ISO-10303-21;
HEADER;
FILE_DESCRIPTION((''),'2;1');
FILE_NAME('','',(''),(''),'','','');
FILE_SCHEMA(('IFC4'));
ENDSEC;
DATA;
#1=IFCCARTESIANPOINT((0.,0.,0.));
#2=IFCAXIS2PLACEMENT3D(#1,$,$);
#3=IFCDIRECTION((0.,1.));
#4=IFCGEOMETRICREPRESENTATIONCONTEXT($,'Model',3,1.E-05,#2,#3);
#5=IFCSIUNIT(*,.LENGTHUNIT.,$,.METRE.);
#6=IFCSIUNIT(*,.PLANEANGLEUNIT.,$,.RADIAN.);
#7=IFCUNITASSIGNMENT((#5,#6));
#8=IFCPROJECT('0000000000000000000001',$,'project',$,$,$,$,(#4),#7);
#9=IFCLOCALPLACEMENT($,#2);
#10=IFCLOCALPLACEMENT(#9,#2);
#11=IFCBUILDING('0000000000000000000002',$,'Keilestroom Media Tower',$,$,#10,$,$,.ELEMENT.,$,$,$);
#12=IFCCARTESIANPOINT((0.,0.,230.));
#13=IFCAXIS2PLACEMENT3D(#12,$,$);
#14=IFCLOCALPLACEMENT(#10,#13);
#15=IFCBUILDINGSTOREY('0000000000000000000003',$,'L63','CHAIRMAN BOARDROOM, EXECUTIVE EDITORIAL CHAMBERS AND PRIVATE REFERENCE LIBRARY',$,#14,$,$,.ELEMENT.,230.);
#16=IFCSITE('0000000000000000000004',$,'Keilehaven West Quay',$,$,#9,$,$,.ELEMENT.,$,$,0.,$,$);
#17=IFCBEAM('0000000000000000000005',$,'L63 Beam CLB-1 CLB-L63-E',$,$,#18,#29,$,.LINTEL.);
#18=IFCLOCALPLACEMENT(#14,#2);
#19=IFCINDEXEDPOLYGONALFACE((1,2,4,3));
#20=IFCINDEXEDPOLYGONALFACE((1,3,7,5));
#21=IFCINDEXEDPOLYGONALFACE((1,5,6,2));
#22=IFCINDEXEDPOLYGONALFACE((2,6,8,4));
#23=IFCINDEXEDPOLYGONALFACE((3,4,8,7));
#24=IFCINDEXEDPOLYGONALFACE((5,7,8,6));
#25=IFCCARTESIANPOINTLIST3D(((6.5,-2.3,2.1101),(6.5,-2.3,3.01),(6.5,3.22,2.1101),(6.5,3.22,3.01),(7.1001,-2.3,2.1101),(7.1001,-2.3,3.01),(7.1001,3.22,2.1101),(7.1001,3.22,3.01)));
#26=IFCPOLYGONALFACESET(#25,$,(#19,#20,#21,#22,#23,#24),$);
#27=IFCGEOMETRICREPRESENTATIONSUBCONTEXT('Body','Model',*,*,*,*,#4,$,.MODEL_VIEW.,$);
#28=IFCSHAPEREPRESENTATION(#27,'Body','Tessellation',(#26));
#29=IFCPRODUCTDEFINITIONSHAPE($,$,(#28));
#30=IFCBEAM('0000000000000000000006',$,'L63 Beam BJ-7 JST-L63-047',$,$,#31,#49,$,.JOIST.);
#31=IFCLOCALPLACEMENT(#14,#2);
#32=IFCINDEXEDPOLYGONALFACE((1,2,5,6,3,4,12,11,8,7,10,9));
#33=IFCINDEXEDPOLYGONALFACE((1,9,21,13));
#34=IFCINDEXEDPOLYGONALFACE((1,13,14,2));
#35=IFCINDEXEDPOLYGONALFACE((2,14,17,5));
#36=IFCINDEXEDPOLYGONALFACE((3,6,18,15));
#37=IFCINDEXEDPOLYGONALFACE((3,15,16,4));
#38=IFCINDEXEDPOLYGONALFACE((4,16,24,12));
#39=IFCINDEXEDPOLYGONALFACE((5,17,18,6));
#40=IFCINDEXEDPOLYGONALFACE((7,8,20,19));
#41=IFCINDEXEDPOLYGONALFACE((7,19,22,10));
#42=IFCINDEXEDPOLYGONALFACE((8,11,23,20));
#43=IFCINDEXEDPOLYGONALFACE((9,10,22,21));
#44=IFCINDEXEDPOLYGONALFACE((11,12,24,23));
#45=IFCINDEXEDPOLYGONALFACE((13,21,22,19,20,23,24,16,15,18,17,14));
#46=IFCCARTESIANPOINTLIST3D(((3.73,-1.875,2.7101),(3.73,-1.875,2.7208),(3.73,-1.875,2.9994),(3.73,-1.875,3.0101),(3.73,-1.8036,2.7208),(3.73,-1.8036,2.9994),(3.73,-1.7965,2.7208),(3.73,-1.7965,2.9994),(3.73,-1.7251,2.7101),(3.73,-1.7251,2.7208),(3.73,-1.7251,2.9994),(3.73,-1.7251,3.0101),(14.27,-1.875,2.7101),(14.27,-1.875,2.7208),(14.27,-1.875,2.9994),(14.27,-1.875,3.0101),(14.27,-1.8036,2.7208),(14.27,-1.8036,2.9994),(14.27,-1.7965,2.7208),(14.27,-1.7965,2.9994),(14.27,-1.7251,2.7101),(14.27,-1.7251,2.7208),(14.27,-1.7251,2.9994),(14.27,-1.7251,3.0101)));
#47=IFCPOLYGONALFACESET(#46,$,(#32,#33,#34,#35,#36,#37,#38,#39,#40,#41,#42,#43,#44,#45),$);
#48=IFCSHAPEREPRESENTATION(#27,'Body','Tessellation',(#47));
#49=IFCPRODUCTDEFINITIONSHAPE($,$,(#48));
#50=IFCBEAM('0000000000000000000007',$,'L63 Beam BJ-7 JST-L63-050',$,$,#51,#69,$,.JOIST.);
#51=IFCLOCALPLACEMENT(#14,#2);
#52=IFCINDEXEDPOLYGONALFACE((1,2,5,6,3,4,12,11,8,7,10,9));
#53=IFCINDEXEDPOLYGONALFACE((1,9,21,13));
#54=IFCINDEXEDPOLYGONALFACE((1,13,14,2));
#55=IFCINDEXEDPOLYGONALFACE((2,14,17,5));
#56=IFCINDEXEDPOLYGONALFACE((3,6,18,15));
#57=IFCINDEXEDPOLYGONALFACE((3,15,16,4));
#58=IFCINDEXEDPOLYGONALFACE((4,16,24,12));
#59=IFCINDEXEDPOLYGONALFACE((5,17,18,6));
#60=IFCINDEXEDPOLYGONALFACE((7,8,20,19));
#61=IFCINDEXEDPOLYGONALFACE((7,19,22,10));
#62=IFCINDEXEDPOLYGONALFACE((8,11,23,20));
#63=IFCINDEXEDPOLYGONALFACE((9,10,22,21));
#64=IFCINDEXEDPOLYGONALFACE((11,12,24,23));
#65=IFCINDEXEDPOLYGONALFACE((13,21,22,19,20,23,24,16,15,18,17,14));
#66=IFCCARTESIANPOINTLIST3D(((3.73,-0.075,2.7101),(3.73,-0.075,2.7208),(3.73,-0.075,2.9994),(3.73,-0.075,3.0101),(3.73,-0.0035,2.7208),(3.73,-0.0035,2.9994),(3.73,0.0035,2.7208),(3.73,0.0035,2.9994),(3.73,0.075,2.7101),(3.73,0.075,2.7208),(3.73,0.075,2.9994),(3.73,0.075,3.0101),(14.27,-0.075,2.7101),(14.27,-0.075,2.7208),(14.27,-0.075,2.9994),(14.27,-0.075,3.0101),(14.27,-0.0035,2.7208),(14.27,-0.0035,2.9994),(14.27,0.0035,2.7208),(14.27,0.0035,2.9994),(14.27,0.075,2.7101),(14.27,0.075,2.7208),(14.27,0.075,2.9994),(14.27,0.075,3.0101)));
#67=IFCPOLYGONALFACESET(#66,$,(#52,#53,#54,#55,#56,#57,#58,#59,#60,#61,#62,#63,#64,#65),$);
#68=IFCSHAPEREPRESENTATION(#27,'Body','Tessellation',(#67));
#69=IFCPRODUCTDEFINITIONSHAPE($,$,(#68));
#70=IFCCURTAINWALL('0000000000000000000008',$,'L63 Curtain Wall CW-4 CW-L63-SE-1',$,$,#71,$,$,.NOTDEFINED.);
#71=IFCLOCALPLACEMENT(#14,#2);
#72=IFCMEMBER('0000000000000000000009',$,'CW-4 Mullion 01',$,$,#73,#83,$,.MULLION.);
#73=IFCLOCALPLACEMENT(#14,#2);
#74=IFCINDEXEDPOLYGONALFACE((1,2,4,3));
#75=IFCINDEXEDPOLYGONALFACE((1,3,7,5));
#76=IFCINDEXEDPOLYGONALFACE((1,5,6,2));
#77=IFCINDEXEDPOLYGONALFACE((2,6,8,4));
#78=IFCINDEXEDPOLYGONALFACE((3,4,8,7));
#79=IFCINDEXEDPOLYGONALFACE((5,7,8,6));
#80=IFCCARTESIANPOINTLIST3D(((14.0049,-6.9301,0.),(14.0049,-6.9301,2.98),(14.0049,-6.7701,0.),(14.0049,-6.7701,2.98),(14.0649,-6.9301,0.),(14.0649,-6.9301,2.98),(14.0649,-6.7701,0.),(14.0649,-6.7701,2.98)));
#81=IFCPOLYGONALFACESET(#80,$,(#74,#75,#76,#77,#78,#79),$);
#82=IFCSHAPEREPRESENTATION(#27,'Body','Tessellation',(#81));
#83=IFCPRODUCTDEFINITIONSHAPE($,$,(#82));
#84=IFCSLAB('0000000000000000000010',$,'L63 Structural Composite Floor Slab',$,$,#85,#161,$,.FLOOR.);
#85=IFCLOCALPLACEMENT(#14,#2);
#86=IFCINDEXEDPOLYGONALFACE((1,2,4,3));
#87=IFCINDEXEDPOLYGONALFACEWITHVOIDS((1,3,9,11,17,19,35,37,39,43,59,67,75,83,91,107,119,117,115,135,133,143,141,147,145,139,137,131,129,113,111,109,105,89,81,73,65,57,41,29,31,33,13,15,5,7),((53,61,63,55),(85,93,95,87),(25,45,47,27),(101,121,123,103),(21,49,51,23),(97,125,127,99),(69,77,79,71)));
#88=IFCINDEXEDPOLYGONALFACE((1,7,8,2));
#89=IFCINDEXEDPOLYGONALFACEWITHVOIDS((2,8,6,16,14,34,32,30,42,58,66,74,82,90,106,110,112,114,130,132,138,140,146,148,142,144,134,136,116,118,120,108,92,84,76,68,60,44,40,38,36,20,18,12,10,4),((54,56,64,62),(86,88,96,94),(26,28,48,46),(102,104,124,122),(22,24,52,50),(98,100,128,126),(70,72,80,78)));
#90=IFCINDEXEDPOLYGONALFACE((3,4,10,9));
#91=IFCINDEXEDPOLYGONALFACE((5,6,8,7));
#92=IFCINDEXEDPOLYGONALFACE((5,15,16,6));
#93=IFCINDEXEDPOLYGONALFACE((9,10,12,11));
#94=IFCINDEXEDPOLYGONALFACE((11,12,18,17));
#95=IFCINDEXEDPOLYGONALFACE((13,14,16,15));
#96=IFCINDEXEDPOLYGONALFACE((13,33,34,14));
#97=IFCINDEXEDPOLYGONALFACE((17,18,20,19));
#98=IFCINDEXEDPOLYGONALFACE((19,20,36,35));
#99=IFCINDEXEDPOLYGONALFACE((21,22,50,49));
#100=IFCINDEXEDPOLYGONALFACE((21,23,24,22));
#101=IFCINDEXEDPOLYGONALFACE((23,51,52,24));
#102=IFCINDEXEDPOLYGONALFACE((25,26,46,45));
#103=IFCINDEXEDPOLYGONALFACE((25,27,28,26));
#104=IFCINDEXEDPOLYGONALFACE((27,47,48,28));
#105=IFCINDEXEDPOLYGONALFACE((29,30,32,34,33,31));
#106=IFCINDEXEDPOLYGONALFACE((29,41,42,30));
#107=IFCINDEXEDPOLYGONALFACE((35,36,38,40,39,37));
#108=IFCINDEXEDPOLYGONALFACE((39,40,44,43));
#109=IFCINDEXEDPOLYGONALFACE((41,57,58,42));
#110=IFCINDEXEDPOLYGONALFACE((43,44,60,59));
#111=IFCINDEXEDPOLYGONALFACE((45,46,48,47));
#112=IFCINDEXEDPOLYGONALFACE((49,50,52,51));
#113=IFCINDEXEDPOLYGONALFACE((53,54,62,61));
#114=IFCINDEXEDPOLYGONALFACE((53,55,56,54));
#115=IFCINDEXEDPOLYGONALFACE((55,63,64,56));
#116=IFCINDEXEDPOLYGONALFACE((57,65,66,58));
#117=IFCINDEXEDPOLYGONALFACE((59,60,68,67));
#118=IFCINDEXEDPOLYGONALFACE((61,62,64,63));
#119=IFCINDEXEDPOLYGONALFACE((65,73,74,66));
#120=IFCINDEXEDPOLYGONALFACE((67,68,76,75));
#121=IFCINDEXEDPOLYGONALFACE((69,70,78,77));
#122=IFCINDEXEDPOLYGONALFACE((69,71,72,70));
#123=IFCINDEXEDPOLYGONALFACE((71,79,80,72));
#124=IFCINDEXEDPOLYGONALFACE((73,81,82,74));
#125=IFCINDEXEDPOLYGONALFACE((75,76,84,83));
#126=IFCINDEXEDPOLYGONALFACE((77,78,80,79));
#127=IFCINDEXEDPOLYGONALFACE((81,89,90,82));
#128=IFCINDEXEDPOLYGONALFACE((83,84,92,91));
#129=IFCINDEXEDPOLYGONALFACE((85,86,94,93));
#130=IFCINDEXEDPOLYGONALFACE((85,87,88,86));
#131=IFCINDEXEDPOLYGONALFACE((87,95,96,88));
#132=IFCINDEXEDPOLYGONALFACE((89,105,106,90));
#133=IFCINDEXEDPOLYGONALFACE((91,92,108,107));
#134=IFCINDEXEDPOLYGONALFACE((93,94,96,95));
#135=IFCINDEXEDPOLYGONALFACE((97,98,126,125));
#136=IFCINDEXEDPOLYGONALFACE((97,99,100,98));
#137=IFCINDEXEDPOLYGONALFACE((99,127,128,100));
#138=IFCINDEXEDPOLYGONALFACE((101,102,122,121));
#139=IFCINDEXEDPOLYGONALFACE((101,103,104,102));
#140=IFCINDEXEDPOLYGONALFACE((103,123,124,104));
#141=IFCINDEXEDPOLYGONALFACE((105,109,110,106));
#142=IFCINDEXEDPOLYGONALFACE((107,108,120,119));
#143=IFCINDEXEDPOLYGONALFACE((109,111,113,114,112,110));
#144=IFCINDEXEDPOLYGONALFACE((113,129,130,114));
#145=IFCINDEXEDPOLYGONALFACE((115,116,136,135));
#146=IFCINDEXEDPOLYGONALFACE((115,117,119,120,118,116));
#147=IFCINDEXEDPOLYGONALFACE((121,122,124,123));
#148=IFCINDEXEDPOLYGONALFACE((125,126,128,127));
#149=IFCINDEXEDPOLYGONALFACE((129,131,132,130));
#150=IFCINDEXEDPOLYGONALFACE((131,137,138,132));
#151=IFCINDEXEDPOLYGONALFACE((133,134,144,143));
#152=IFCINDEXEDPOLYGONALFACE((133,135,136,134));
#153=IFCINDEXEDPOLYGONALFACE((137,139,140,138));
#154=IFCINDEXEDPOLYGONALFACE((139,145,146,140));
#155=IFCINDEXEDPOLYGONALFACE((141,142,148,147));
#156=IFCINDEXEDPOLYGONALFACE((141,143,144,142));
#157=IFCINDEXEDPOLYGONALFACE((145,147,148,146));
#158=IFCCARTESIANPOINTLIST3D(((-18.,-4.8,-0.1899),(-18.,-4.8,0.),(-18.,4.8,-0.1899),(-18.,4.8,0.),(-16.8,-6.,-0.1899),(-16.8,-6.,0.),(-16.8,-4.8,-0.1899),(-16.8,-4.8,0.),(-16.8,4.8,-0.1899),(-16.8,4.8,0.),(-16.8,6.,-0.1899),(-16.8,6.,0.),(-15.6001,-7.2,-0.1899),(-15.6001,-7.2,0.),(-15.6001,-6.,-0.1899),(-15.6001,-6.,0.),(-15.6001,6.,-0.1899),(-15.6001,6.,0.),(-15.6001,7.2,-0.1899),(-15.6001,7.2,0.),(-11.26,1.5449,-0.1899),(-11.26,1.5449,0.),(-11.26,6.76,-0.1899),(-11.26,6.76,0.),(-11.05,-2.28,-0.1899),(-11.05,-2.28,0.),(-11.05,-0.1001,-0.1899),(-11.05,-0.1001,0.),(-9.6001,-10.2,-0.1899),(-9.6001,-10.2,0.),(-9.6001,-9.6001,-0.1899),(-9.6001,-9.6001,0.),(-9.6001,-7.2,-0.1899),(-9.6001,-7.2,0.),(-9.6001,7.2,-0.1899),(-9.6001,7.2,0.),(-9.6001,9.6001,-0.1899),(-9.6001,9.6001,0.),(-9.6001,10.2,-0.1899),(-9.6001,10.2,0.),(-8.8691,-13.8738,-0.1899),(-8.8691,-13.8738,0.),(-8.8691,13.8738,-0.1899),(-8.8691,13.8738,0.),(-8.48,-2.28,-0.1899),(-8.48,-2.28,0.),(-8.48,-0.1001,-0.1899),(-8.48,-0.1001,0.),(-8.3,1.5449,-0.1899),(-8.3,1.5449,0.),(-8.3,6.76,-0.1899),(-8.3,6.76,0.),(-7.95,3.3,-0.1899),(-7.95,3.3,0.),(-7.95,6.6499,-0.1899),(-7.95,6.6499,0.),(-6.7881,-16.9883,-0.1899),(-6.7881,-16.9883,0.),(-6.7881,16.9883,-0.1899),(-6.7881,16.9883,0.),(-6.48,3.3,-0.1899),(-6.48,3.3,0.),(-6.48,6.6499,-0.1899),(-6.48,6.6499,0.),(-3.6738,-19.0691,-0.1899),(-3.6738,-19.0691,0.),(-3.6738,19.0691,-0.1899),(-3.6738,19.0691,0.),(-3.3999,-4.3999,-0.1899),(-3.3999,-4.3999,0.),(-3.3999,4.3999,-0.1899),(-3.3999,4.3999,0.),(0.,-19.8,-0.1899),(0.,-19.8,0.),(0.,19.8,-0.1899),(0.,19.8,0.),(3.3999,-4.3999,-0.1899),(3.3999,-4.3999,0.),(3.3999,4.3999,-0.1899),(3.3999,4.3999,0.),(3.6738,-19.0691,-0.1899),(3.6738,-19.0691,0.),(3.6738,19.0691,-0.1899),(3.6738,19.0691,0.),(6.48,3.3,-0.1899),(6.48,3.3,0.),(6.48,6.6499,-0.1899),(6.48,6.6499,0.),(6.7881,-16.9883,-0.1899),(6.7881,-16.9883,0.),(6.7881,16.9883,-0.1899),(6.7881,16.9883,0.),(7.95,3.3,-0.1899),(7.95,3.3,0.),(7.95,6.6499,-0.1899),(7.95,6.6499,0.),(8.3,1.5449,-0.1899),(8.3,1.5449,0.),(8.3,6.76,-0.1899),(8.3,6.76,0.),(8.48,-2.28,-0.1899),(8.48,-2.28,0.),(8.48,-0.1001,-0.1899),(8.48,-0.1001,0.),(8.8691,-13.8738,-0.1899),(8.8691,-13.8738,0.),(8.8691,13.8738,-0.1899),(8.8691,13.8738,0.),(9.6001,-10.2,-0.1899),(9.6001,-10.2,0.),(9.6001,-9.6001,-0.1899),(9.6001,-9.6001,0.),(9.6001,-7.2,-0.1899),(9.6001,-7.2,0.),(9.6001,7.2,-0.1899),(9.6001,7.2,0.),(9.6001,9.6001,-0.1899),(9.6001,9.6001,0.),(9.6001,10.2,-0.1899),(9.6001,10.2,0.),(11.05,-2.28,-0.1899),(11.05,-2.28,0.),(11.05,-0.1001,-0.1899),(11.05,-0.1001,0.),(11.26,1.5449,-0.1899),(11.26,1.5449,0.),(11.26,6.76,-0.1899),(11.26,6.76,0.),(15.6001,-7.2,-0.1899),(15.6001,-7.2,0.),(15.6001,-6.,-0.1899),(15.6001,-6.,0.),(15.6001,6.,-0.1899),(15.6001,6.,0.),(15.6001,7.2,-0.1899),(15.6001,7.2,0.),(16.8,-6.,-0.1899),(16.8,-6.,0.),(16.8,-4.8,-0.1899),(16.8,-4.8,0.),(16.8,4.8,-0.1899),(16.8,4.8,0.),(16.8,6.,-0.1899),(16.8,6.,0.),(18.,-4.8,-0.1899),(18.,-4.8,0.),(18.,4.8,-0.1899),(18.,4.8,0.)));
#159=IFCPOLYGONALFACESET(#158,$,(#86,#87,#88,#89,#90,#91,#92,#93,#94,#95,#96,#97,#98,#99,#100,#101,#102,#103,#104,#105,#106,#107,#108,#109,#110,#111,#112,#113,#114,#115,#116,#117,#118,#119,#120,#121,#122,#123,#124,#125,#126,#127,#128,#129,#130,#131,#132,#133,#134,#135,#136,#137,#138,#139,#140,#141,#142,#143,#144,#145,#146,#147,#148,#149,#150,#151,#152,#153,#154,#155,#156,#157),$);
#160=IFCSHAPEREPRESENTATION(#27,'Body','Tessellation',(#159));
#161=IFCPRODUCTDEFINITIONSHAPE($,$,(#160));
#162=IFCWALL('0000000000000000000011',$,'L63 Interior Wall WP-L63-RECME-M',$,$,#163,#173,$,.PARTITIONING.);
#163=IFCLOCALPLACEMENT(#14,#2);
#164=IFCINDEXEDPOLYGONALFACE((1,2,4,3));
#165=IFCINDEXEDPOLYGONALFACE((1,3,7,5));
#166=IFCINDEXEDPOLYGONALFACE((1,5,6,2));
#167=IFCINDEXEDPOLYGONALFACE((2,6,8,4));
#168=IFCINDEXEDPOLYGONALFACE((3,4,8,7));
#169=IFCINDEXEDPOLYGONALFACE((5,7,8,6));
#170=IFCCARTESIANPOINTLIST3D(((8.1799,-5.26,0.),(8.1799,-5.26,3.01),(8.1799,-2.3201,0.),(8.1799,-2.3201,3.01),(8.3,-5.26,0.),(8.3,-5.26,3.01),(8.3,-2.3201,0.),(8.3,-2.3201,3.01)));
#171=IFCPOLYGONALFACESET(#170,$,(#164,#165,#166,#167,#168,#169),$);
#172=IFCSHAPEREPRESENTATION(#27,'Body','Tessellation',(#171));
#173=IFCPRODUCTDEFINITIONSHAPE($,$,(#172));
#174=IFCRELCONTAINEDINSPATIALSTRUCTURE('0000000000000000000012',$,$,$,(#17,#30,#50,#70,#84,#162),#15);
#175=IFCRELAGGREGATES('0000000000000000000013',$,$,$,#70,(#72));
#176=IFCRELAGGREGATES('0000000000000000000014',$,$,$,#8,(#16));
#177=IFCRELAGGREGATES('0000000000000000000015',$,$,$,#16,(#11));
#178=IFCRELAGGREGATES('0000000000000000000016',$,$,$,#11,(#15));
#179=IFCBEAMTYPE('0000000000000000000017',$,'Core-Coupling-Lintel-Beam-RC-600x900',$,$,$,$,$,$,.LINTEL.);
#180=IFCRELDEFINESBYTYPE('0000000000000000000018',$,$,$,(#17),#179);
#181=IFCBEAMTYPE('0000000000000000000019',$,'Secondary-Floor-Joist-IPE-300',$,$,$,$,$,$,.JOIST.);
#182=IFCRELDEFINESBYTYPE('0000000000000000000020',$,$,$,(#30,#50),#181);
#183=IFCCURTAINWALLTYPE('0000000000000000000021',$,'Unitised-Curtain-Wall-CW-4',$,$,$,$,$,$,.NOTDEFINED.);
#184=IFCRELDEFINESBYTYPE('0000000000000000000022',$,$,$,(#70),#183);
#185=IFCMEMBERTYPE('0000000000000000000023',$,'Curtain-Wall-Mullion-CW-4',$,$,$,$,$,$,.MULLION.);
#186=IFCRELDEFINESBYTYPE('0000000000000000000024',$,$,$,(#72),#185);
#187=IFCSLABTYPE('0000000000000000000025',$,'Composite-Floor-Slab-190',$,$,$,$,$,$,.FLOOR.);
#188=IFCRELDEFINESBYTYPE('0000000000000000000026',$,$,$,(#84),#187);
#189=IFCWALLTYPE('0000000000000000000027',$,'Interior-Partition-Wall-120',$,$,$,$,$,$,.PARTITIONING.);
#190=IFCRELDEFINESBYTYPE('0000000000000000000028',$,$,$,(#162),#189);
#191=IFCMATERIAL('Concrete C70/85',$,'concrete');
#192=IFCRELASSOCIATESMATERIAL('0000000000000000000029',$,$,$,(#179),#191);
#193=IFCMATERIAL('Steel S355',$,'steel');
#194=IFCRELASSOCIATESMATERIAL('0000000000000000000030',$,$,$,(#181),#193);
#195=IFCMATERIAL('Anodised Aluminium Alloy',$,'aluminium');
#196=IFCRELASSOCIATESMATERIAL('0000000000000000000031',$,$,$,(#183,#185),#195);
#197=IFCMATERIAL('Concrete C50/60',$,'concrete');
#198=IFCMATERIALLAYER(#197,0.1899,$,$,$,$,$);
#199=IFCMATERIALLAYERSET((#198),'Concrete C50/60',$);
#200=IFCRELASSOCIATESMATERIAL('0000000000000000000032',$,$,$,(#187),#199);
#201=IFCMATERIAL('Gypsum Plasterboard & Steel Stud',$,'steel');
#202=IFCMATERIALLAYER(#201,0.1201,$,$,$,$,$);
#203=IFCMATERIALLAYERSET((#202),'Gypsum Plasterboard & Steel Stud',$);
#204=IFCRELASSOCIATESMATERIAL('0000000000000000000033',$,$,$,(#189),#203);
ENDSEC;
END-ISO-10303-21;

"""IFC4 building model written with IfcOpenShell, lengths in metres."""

from ifc_helpers import new_model, si_unit, direction, frame, frame_2d, origin, origin_2d, place, context, subcontext, project, spatial, polyline, rectangle, i_section, outline, extrude, source, transform, mapped, material, layer, layer_set, material_profile, profile_set, type_object, element, aggregate, save


model = new_model("IFC4")

# Units and contexts
model_context = context("Model", 3, precision=1e-05, world=origin(), true_north=direction((0.0, 1.0)))
body_context = subcontext(model_context, "Body", "Model", "MODEL_VIEW")
ifc_project = project(units=[si_unit("LENGTHUNIT", "METRE"), si_unit("PLANEANGLEUNIT", "RADIAN")], contexts=[model_context])

# Site, building, storey
site_placement = place(None, origin())
site = spatial("IfcSite", under=ifc_project, at=site_placement, Name="Keilehaven West Quay", CompositionType="ELEMENT", RefElevation=0.0)
building_placement = place(site_placement, origin())
building = spatial("IfcBuilding", under=site, at=building_placement, Name="Keilestroom Media Tower", CompositionType="ELEMENT")
storey_placement = place(building_placement, frame((0.0, 0.0, 230.0)))
storey = spatial("IfcBuildingStorey", under=building, at=storey_placement, Name="L63", Description="CHAIRMAN BOARDROOM, EXECUTIVE EDITORIAL CHAMBERS AND PRIVATE REFERENCE LIBRARY", CompositionType="ELEMENT", Elevation=230.0)

# Beams
ifc_material_1 = material(Name="Concrete C70/85", Category="concrete")
ifc_material_profile_1 = material_profile(ifc_material_1, rectangle(XDim=0.6001, YDim=0.8999, at=origin_2d()), Name="RC 600x900")
ifc_profile_set_1 = profile_set([ifc_material_profile_1], Name="Concrete C70/85")
beam_type_1 = type_object("IfcBeamType", Name="Core-Coupling-Lintel-Beam-RC-600x900", PredefinedType="LINTEL", material=ifc_profile_set_1)
shared_shape_1 = source(origin(), body_context, "Body", "SweptSolid", [
    extrude(rectangle(XDim=0.6001, YDim=0.8999, at=origin_2d()), origin(), (0.0, 0.0, 1.0), 5.52),
])
beam_placement = place(storey_placement, frame((6.8, -2.3, 2.5601), z_axis=(0.0, 1.0, 0.0), x_axis=(-1.0, 0.0, 0.0)))
element("IfcBeam", 1, at=beam_placement, inside=storey, type_object=beam_type_1, Name="L63 Beam CLB-1 CLB-L63-E", PredefinedType="LINTEL", context=body_context, shape_type="MappedRepresentation", body=[
    mapped(shared_shape_1, transform((0.0, 0.0, 0.0), x_axis=(1.0, 0.0, 0.0), y_axis=(0.0, 1.0, 0.0), z_axis=(0.0, 0.0, 1.0), scale=1.0)),
])
ifc_material_2 = material(Name="Steel S355", Category="steel")
ifc_material_profile_2 = material_profile(ifc_material_2, i_section(OverallWidth=0.1499, OverallDepth=0.3, WebThickness=0.0071, FlangeThickness=0.0107, at=origin_2d()), Name="IPE 300")
ifc_profile_set_2 = profile_set([ifc_material_profile_2], Name="Steel S355")
beam_type_2 = type_object("IfcBeamType", Name="Secondary-Floor-Joist-IPE-300", PredefinedType="JOIST", material=ifc_profile_set_2)
shared_shape_2 = source(origin(), body_context, "Body", "SweptSolid", [
    extrude(i_section(OverallWidth=0.1499, OverallDepth=0.3, WebThickness=0.0071, FlangeThickness=0.0107, at=origin_2d()), origin(), (0.0, 0.0, 1.0), 10.54),
])
for number, where, z_axis, x_axis, name in (
    (2, (3.73, -1.8, 2.8601), (1.0, 0.0, 0.0), (0.0, 1.0, 0.0), "L63 Beam BJ-7 JST-L63-047"),
    (3, (3.73, 0.0, 2.8601), (1.0, 0.0, 0.0), (0.0, 1.0, 0.0), "L63 Beam BJ-7 JST-L63-050"),
):
    element("IfcBeam", number, at=place(storey_placement, frame(where, z_axis=z_axis, x_axis=x_axis)), inside=storey, type_object=beam_type_2, Name=name, PredefinedType="JOIST", context=body_context, shape_type="MappedRepresentation", body=[
        mapped(shared_shape_2, transform((0.0, 0.0, 0.0), x_axis=(1.0, 0.0, 0.0), y_axis=(0.0, 1.0, 0.0), z_axis=(0.0, 0.0, 1.0), scale=1.0)),
    ])

# Curtain wall, member
ifc_material_3 = material(Name="Anodised Aluminium Alloy", Category="aluminium")
curtain_wall_type = type_object("IfcCurtainWallType", Name="Unitised-Curtain-Wall-CW-4", PredefinedType="NOTDEFINED", material=ifc_material_3)
curtain_wall_placement = place(storey_placement, origin())
curtain_wall = element("IfcCurtainWall", 4, at=curtain_wall_placement, inside=storey, type_object=curtain_wall_type, Name="L63 Curtain Wall CW-4 CW-L63-SE-1", PredefinedType="NOTDEFINED")
ifc_material_profile_3 = material_profile(ifc_material_3, rectangle(XDim=0.0601, YDim=0.1599, at=origin_2d()), Name="ALU MULLION 60x160")
ifc_profile_set_3 = profile_set([ifc_material_profile_3], Name="Anodised Aluminium Alloy")
member_type = type_object("IfcMemberType", Name="Curtain-Wall-Mullion-CW-4", PredefinedType="MULLION", material=ifc_profile_set_3)
shared_shape_3 = source(origin(), body_context, "Body", "SweptSolid", [
    extrude(rectangle(XDim=0.0601, YDim=0.1599, at=origin_2d()), origin(), (0.0, 0.0, 1.0), 2.98),
])
member_placement = place(storey_placement, frame((14.0349, -6.8501, 0.0), z_axis=(0.0, 0.0, 1.0), x_axis=(1.0, 0.0, 0.0)))
member = element("IfcMember", 5, at=member_placement, type_object=member_type, Name="CW-4 Mullion 01", PredefinedType="MULLION", context=body_context, shape_type="MappedRepresentation", body=[
    mapped(shared_shape_3, transform((0.0, 0.0, 0.0), x_axis=(1.0, 0.0, 0.0), y_axis=(0.0, 1.0, 0.0), z_axis=(0.0, 0.0, 1.0), scale=1.0)),
])
aggregate(curtain_wall, [member])

# Slab
ifc_material_4 = material(Name="Concrete C50/60", Category="concrete")
ifc_layer_1 = layer(ifc_material_4, 0.1899)
ifc_layer_set_1 = layer_set([ifc_layer_1], Name="Concrete C50/60")
slab_type = type_object("IfcSlabType", Name="Composite-Floor-Slab-190", PredefinedType="FLOOR", material=ifc_layer_set_1)
slab_placement = place(storey_placement, frame((0.0, 0.0, -0.1899)))
element("IfcSlab", 6, at=slab_placement, inside=storey, type_object=slab_type, Name="L63 Structural Composite Floor Slab", PredefinedType="FLOOR", context=body_context, shape_type="SweptSolid", body=[
    extrude(outline(polyline([(18.0, -4.8), (18.0, 4.8), (16.8, 4.8), (16.8, 6.0), (15.6001, 6.0), (15.6001, 7.2), (9.6001, 7.2), (9.6001, 9.6001), (9.6001, 10.2), (8.8691, 13.8738), (6.7881, 16.9883), (3.6738, 19.0691), (0.0, 19.8), (-3.6738, 19.0691), (-6.7881, 16.9883), (-8.8691, 13.8738), (-9.6001, 10.2), (-9.6001, 9.6001), (-9.6001, 7.2), (-15.6001, 7.2), (-15.6001, 6.0), (-16.8, 6.0), (-16.8, 4.8), (-18.0, 4.8), (-18.0, -4.8), (-16.8, -4.8), (-16.8, -6.0), (-15.6001, -6.0), (-15.6001, -7.2), (-9.6001, -7.2), (-9.6001, -9.6001), (-9.6001, -10.2), (-8.8691, -13.8738), (-6.7881, -16.9883), (-3.6738, -19.0691), (0.0, -19.8), (3.6738, -19.0691), (6.7881, -16.9883), (8.8691, -13.8738), (9.6001, -10.2), (9.6001, -9.6001), (9.6001, -7.2), (15.6001, -7.2), (15.6001, -6.0), (16.8, -6.0), (16.8, -4.8), (18.0, -4.8)]), holes=[polyline([(-8.3, 1.5449), (-11.26, 1.5449), (-11.26, 6.76), (-8.3, 6.76), (-8.3, 1.5449)]), polyline([(-8.48, -2.28), (-11.05, -2.28), (-11.05, -0.1001), (-8.48, -0.1001), (-8.48, -2.28)]), polyline([(-6.48, 3.3), (-7.95, 3.3), (-7.95, 6.6499), (-6.48, 6.6499), (-6.48, 3.3)]), polyline([(3.3999, -4.3999), (-3.3999, -4.3999), (-3.3999, 4.3999), (3.3999, 4.3999), (3.3999, -4.3999)]), polyline([(7.95, 3.3), (6.48, 3.3), (6.48, 6.6499), (7.95, 6.6499), (7.95, 3.3)]), polyline([(11.26, 1.5449), (8.3, 1.5449), (8.3, 6.76), (11.26, 6.76), (11.26, 1.5449)]), polyline([(11.05, -2.28), (8.48, -2.28), (8.48, -0.1001), (11.05, -0.1001), (11.05, -2.28)])]), origin(), (0.0, 0.0, 1.0), 0.1899),
])

# Wall
ifc_material_5 = material(Name="Gypsum Plasterboard & Steel Stud", Category="steel")
ifc_layer_2 = layer(ifc_material_5, 0.1201)
ifc_layer_set_2 = layer_set([ifc_layer_2], Name="Gypsum Plasterboard & Steel Stud")
wall_type_1 = type_object("IfcWallType", Name="Interior-Partition-Wall-120", PredefinedType="PARTITIONING", material=ifc_layer_set_2)
wall_1_placement = place(storey_placement, frame((8.24, -5.26, 0.0), z_axis=(0.0, 0.0, 1.0), x_axis=(0.0, 1.0, 0.0)))
element("IfcWall", 7, at=wall_1_placement, inside=storey, type_object=wall_type_1, Name="L63 Interior Wall WP-L63-RECME-M", PredefinedType="PARTITIONING", context=body_context, shape_type="SweptSolid", body=[
    extrude(rectangle(XDim=2.9399, YDim=0.1201, at=frame_2d((1.47, 0.0))), origin(), (0.0, 0.0, 1.0), 3.01),
])

save(model, "model.ifc")
